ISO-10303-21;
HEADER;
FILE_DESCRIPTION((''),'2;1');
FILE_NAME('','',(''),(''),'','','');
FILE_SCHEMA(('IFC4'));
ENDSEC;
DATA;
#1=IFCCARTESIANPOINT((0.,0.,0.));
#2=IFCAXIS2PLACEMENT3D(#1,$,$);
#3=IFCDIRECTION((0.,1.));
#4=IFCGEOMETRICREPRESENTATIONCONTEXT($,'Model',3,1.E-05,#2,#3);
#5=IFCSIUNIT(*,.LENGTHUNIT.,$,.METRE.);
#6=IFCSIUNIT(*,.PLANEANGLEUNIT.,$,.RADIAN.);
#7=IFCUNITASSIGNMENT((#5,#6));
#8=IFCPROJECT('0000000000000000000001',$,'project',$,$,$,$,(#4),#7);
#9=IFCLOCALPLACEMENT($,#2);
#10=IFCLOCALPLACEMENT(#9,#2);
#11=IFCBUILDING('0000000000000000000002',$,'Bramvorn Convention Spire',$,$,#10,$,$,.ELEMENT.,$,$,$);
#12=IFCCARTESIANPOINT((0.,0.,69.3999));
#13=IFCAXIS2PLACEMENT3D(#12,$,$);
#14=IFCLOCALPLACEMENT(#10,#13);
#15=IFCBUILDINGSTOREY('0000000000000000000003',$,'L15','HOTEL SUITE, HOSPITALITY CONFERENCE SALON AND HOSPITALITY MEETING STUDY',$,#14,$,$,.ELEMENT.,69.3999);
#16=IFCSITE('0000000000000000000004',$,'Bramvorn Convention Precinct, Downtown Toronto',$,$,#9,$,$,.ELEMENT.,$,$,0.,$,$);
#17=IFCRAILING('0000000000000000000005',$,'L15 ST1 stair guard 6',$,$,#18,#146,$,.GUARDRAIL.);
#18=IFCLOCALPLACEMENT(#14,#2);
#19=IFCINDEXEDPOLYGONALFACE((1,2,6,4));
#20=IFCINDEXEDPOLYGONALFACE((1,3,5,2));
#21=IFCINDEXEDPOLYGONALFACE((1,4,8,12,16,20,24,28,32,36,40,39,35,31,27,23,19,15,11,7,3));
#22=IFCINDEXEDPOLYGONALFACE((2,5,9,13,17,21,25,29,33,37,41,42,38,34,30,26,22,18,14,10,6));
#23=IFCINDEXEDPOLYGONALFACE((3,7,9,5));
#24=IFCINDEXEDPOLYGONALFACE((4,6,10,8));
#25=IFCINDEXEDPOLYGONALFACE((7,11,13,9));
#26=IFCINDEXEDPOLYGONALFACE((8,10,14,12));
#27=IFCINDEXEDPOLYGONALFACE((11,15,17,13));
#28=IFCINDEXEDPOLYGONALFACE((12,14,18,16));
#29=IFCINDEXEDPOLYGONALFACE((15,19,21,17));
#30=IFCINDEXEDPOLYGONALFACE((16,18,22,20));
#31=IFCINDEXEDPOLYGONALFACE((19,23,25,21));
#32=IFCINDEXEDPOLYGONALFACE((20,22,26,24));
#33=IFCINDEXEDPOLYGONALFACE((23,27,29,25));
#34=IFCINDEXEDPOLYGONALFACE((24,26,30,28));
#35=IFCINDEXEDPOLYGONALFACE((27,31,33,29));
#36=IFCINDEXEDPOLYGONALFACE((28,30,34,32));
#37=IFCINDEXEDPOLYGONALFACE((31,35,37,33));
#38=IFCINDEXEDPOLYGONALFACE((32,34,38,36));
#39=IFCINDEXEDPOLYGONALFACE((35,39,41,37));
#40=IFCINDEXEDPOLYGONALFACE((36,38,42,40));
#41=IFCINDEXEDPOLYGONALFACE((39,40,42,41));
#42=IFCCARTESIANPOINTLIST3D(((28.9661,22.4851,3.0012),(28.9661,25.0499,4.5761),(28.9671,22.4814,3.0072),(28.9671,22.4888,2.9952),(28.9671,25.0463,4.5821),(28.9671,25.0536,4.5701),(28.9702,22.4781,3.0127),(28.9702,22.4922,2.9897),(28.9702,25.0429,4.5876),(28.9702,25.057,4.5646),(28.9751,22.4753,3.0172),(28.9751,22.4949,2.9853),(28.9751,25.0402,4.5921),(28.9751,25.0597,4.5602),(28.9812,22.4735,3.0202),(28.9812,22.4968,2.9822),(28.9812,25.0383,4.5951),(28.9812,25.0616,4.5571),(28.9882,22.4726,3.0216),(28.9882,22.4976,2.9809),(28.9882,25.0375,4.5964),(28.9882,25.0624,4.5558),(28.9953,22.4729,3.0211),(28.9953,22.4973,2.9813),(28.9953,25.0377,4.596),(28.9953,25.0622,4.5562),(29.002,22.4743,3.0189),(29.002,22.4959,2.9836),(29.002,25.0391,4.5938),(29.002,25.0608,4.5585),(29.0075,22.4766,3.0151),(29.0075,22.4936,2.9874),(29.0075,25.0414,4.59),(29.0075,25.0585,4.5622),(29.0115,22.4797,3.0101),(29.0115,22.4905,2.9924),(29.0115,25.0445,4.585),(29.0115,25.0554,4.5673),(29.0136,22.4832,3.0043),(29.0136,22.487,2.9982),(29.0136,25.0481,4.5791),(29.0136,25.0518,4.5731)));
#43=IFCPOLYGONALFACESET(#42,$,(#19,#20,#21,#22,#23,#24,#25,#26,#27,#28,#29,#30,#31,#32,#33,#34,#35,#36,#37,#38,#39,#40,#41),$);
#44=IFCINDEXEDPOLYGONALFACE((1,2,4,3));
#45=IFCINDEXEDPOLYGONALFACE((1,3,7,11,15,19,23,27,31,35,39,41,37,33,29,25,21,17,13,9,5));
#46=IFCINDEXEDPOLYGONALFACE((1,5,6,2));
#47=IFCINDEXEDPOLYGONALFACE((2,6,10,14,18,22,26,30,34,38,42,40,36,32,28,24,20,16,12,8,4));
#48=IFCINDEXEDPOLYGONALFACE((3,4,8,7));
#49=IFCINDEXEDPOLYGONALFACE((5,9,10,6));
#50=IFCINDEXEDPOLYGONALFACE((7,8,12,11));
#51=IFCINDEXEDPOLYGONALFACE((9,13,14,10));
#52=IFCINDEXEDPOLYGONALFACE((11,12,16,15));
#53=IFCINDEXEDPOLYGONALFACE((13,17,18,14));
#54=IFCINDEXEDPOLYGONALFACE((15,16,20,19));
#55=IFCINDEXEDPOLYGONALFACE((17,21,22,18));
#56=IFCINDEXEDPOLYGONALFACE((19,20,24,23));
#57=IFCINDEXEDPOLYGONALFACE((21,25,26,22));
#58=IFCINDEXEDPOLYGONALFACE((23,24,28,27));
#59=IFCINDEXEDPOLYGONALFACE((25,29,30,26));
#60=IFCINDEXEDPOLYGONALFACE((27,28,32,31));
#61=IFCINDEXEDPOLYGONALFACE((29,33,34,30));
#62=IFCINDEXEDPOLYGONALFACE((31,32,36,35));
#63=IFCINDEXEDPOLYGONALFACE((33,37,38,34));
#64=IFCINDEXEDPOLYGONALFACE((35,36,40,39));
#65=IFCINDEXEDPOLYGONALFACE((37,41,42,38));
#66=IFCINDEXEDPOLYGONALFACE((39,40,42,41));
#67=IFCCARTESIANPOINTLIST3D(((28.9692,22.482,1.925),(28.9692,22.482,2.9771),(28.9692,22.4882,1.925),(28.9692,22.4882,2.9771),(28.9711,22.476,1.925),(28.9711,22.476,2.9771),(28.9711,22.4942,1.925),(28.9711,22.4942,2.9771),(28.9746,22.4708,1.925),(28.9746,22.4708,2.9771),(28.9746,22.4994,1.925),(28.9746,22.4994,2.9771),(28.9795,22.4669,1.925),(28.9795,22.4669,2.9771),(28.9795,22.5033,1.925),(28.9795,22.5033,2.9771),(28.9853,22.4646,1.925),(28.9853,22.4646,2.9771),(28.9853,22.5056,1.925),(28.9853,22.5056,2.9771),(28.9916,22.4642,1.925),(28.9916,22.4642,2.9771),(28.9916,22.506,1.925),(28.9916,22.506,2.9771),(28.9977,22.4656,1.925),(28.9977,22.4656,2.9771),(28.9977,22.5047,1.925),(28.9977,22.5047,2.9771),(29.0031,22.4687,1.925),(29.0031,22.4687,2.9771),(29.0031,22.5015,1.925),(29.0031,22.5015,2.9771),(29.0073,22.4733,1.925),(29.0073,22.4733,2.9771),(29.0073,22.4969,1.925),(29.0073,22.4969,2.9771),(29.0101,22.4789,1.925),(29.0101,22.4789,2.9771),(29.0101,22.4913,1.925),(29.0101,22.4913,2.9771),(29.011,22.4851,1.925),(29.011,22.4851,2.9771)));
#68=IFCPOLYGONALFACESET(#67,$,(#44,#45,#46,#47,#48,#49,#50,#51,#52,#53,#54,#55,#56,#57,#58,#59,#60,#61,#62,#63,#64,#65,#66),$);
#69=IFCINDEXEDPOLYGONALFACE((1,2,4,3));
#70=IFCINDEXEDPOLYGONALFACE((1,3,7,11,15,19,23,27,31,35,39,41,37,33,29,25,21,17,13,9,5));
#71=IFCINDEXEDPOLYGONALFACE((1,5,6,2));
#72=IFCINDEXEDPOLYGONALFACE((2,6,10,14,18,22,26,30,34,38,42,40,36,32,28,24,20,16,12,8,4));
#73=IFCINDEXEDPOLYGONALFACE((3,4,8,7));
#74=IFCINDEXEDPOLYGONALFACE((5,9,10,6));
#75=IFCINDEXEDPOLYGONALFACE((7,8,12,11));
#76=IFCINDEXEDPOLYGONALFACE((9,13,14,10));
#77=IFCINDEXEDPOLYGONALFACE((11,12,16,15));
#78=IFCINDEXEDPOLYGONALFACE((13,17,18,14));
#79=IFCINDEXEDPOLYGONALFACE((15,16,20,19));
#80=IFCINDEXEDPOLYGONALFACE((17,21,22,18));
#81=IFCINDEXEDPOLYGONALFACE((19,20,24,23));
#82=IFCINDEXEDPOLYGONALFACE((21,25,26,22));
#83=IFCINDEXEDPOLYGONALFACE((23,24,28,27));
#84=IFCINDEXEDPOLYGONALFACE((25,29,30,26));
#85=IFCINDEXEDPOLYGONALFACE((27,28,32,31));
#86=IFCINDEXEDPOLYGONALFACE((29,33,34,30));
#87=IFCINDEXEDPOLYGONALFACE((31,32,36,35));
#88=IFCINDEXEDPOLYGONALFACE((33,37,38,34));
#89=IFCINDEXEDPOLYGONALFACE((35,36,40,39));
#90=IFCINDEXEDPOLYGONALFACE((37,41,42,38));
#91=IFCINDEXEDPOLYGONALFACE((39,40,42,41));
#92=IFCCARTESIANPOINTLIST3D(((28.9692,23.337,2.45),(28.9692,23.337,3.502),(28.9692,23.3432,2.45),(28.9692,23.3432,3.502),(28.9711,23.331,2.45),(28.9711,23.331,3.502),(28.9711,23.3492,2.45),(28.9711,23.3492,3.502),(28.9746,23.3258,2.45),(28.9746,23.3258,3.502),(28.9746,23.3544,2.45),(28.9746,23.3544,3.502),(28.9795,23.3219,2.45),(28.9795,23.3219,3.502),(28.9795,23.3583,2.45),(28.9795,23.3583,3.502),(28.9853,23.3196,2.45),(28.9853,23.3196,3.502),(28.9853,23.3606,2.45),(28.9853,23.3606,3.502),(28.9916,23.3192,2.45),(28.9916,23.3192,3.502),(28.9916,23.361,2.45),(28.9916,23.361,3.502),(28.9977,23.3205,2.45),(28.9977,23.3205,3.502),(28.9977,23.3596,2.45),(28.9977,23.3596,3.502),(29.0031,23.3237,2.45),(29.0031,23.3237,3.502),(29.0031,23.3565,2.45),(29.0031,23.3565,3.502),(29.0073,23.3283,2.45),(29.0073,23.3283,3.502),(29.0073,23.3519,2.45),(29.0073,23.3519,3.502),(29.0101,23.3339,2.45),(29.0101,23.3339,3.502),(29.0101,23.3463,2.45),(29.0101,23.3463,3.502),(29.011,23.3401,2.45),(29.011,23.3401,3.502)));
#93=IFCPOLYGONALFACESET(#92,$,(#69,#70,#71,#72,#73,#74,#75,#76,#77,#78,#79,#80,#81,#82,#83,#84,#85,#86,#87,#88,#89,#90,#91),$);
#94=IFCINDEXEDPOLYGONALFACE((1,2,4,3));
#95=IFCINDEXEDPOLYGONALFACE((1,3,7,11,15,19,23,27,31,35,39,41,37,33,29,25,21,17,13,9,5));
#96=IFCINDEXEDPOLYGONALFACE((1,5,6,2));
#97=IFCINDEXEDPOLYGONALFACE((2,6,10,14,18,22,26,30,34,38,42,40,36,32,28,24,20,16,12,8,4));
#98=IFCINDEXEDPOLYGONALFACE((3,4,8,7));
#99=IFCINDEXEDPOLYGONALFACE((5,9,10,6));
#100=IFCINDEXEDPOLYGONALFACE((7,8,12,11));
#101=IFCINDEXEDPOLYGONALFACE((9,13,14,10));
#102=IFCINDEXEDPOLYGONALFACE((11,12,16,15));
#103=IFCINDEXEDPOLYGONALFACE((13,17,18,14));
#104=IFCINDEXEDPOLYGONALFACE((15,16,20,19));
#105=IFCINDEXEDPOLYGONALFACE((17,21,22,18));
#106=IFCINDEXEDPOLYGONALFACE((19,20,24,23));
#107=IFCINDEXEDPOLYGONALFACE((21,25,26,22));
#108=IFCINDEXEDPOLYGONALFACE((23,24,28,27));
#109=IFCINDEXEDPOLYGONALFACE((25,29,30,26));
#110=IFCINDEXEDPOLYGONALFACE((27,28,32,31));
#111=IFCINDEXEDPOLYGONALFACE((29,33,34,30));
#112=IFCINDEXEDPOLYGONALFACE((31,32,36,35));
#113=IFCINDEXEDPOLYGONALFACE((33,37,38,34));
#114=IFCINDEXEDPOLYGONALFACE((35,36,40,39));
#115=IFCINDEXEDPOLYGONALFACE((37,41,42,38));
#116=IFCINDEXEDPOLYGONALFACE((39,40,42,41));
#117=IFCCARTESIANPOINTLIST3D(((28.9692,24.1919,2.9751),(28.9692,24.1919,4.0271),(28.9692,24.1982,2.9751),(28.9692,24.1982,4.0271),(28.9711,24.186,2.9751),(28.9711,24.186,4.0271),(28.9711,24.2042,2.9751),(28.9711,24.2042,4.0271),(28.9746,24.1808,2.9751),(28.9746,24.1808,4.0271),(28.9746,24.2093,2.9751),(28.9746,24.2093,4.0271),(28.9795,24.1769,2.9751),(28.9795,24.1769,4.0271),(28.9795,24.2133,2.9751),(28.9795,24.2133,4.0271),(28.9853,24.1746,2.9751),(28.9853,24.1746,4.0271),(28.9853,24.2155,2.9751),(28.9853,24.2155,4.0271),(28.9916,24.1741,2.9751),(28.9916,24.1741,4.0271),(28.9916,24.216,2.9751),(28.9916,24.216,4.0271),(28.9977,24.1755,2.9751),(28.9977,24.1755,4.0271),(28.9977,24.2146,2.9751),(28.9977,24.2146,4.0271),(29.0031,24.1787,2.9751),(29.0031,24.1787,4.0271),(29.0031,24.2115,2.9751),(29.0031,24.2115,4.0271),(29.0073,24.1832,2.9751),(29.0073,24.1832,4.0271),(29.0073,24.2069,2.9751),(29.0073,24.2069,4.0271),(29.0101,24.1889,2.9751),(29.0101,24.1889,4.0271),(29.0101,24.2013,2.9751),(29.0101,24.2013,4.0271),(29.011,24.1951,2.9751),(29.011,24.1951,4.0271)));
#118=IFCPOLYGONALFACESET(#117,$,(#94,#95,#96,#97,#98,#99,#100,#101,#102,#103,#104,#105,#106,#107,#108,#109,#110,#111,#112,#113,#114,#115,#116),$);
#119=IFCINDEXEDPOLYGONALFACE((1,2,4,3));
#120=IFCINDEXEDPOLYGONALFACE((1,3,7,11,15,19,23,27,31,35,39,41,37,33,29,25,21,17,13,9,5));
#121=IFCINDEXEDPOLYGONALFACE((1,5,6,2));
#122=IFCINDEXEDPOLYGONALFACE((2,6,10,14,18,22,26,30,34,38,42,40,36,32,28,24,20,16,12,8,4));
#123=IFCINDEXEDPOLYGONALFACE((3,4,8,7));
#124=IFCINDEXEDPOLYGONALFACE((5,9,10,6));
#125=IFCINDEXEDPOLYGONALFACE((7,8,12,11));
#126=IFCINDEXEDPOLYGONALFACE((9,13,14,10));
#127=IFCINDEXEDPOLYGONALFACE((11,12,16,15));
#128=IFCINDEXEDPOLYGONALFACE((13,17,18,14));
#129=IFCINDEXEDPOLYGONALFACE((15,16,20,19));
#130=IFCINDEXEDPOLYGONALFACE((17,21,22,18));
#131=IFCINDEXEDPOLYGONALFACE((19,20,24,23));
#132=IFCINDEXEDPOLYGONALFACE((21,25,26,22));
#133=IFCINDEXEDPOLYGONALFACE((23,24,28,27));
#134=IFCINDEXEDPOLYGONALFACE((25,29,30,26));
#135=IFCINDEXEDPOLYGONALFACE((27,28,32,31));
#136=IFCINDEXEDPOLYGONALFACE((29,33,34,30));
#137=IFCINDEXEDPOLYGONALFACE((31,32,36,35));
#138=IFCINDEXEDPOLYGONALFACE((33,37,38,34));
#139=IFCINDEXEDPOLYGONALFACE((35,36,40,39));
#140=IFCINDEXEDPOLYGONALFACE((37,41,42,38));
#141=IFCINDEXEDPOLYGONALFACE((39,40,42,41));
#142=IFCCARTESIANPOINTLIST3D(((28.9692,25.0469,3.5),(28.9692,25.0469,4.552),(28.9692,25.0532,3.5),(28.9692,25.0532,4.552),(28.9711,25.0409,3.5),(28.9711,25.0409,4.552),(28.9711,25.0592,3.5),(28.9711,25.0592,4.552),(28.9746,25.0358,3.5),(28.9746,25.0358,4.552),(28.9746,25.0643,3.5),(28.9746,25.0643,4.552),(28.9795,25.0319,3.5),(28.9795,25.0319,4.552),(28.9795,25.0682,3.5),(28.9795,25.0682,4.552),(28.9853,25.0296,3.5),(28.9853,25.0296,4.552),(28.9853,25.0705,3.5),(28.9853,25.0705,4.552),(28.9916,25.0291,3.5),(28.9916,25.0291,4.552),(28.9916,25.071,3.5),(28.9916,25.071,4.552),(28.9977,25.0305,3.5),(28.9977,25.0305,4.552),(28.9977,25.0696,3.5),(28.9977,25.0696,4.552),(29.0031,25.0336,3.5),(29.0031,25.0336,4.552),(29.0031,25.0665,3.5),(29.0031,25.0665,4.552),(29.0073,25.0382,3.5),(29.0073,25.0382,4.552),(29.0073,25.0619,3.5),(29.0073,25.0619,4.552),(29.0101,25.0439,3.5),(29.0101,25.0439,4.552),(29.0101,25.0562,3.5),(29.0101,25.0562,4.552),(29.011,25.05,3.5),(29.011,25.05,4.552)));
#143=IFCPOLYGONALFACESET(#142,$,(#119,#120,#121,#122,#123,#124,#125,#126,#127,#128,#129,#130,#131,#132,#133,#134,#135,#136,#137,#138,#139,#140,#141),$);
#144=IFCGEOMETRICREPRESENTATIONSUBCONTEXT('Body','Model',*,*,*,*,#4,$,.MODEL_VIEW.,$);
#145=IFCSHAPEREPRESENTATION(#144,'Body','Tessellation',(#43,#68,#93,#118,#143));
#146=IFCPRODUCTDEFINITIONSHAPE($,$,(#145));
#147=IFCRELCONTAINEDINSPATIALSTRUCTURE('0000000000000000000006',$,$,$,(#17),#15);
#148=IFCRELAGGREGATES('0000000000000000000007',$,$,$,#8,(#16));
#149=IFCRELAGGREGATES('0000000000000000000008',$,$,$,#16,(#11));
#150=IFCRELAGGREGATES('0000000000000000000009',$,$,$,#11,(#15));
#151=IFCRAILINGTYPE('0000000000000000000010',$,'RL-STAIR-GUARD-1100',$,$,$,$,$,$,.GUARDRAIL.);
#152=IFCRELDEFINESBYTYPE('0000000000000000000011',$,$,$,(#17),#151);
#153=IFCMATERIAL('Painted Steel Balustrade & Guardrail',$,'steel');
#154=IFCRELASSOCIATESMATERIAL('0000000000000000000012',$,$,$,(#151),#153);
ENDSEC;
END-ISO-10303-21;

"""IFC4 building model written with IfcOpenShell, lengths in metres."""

from ifc_helpers import new_model, si_unit, direction, frame, origin, origin_2d, place, context, subcontext, project, spatial, circle, extrude, material, type_object, element, save


model = new_model("IFC4")

# Units and contexts
model_context = context("Model", 3, precision=1e-05, world=origin(), true_north=direction((0.0, 1.0)))
body_context = subcontext(model_context, "Body", "Model", "MODEL_VIEW")
ifc_project = project(units=[si_unit("LENGTHUNIT", "METRE"), si_unit("PLANEANGLEUNIT", "RADIAN")], contexts=[model_context])

# Site, building, storey
site_placement = place(None, origin())
site = spatial("IfcSite", under=ifc_project, at=site_placement, Name="Bramvorn Convention Precinct, Downtown Toronto", CompositionType="ELEMENT", RefElevation=0.0)
building_placement = place(site_placement, origin())
building = spatial("IfcBuilding", under=site, at=building_placement, Name="Bramvorn Convention Spire", CompositionType="ELEMENT")
storey_placement = place(building_placement, frame((0.0, 0.0, 69.3999)))
storey = spatial("IfcBuildingStorey", under=building, at=storey_placement, Name="L15", Description="HOTEL SUITE, HOSPITALITY CONFERENCE SALON AND HOSPITALITY MEETING STUDY", CompositionType="ELEMENT", Elevation=69.3999)

# Railing
ifc_material_1 = material(Name="Painted Steel Balustrade & Guardrail", Category="steel")
railing_type_1 = type_object("IfcRailingType", Name="RL-STAIR-GUARD-1100", PredefinedType="GUARDRAIL", material=ifc_material_1)
railing_1_placement = place(storey_placement, frame((28.99, 22.4851, 1.925)))
element("IfcRailing", 1, at=railing_1_placement, inside=storey, type_object=railing_type_1, Name="L15 ST1 stair guard 6", PredefinedType="GUARDRAIL", context=body_context, shape_type="SweptSolid", body=[
    extrude(circle(Radius=0.0239, at=origin_2d()), frame((0.0, 0.0, 1.0762), z_axis=(0.0, 0.852173, 0.52326), x_axis=(-1.0, 0.0, 0.0)), (0.0, 0.0, 1.0), 3.0098),
    extrude(circle(Radius=0.021, at=origin_2d()), origin(), (0.0, 0.0, 1.0), 1.052),
    extrude(circle(Radius=0.021, at=origin_2d()), frame((0.0, 0.855, 0.5249)), (0.0, 0.0, 1.0), 1.052),
    extrude(circle(Radius=0.021, at=origin_2d()), frame((0.0, 1.71, 1.05)), (0.0, 0.0, 1.0), 1.052),
    extrude(circle(Radius=0.021, at=origin_2d()), frame((0.0, 2.5649, 1.575)), (0.0, 0.0, 1.0), 1.052),
])

save(model, "model.ifc")
